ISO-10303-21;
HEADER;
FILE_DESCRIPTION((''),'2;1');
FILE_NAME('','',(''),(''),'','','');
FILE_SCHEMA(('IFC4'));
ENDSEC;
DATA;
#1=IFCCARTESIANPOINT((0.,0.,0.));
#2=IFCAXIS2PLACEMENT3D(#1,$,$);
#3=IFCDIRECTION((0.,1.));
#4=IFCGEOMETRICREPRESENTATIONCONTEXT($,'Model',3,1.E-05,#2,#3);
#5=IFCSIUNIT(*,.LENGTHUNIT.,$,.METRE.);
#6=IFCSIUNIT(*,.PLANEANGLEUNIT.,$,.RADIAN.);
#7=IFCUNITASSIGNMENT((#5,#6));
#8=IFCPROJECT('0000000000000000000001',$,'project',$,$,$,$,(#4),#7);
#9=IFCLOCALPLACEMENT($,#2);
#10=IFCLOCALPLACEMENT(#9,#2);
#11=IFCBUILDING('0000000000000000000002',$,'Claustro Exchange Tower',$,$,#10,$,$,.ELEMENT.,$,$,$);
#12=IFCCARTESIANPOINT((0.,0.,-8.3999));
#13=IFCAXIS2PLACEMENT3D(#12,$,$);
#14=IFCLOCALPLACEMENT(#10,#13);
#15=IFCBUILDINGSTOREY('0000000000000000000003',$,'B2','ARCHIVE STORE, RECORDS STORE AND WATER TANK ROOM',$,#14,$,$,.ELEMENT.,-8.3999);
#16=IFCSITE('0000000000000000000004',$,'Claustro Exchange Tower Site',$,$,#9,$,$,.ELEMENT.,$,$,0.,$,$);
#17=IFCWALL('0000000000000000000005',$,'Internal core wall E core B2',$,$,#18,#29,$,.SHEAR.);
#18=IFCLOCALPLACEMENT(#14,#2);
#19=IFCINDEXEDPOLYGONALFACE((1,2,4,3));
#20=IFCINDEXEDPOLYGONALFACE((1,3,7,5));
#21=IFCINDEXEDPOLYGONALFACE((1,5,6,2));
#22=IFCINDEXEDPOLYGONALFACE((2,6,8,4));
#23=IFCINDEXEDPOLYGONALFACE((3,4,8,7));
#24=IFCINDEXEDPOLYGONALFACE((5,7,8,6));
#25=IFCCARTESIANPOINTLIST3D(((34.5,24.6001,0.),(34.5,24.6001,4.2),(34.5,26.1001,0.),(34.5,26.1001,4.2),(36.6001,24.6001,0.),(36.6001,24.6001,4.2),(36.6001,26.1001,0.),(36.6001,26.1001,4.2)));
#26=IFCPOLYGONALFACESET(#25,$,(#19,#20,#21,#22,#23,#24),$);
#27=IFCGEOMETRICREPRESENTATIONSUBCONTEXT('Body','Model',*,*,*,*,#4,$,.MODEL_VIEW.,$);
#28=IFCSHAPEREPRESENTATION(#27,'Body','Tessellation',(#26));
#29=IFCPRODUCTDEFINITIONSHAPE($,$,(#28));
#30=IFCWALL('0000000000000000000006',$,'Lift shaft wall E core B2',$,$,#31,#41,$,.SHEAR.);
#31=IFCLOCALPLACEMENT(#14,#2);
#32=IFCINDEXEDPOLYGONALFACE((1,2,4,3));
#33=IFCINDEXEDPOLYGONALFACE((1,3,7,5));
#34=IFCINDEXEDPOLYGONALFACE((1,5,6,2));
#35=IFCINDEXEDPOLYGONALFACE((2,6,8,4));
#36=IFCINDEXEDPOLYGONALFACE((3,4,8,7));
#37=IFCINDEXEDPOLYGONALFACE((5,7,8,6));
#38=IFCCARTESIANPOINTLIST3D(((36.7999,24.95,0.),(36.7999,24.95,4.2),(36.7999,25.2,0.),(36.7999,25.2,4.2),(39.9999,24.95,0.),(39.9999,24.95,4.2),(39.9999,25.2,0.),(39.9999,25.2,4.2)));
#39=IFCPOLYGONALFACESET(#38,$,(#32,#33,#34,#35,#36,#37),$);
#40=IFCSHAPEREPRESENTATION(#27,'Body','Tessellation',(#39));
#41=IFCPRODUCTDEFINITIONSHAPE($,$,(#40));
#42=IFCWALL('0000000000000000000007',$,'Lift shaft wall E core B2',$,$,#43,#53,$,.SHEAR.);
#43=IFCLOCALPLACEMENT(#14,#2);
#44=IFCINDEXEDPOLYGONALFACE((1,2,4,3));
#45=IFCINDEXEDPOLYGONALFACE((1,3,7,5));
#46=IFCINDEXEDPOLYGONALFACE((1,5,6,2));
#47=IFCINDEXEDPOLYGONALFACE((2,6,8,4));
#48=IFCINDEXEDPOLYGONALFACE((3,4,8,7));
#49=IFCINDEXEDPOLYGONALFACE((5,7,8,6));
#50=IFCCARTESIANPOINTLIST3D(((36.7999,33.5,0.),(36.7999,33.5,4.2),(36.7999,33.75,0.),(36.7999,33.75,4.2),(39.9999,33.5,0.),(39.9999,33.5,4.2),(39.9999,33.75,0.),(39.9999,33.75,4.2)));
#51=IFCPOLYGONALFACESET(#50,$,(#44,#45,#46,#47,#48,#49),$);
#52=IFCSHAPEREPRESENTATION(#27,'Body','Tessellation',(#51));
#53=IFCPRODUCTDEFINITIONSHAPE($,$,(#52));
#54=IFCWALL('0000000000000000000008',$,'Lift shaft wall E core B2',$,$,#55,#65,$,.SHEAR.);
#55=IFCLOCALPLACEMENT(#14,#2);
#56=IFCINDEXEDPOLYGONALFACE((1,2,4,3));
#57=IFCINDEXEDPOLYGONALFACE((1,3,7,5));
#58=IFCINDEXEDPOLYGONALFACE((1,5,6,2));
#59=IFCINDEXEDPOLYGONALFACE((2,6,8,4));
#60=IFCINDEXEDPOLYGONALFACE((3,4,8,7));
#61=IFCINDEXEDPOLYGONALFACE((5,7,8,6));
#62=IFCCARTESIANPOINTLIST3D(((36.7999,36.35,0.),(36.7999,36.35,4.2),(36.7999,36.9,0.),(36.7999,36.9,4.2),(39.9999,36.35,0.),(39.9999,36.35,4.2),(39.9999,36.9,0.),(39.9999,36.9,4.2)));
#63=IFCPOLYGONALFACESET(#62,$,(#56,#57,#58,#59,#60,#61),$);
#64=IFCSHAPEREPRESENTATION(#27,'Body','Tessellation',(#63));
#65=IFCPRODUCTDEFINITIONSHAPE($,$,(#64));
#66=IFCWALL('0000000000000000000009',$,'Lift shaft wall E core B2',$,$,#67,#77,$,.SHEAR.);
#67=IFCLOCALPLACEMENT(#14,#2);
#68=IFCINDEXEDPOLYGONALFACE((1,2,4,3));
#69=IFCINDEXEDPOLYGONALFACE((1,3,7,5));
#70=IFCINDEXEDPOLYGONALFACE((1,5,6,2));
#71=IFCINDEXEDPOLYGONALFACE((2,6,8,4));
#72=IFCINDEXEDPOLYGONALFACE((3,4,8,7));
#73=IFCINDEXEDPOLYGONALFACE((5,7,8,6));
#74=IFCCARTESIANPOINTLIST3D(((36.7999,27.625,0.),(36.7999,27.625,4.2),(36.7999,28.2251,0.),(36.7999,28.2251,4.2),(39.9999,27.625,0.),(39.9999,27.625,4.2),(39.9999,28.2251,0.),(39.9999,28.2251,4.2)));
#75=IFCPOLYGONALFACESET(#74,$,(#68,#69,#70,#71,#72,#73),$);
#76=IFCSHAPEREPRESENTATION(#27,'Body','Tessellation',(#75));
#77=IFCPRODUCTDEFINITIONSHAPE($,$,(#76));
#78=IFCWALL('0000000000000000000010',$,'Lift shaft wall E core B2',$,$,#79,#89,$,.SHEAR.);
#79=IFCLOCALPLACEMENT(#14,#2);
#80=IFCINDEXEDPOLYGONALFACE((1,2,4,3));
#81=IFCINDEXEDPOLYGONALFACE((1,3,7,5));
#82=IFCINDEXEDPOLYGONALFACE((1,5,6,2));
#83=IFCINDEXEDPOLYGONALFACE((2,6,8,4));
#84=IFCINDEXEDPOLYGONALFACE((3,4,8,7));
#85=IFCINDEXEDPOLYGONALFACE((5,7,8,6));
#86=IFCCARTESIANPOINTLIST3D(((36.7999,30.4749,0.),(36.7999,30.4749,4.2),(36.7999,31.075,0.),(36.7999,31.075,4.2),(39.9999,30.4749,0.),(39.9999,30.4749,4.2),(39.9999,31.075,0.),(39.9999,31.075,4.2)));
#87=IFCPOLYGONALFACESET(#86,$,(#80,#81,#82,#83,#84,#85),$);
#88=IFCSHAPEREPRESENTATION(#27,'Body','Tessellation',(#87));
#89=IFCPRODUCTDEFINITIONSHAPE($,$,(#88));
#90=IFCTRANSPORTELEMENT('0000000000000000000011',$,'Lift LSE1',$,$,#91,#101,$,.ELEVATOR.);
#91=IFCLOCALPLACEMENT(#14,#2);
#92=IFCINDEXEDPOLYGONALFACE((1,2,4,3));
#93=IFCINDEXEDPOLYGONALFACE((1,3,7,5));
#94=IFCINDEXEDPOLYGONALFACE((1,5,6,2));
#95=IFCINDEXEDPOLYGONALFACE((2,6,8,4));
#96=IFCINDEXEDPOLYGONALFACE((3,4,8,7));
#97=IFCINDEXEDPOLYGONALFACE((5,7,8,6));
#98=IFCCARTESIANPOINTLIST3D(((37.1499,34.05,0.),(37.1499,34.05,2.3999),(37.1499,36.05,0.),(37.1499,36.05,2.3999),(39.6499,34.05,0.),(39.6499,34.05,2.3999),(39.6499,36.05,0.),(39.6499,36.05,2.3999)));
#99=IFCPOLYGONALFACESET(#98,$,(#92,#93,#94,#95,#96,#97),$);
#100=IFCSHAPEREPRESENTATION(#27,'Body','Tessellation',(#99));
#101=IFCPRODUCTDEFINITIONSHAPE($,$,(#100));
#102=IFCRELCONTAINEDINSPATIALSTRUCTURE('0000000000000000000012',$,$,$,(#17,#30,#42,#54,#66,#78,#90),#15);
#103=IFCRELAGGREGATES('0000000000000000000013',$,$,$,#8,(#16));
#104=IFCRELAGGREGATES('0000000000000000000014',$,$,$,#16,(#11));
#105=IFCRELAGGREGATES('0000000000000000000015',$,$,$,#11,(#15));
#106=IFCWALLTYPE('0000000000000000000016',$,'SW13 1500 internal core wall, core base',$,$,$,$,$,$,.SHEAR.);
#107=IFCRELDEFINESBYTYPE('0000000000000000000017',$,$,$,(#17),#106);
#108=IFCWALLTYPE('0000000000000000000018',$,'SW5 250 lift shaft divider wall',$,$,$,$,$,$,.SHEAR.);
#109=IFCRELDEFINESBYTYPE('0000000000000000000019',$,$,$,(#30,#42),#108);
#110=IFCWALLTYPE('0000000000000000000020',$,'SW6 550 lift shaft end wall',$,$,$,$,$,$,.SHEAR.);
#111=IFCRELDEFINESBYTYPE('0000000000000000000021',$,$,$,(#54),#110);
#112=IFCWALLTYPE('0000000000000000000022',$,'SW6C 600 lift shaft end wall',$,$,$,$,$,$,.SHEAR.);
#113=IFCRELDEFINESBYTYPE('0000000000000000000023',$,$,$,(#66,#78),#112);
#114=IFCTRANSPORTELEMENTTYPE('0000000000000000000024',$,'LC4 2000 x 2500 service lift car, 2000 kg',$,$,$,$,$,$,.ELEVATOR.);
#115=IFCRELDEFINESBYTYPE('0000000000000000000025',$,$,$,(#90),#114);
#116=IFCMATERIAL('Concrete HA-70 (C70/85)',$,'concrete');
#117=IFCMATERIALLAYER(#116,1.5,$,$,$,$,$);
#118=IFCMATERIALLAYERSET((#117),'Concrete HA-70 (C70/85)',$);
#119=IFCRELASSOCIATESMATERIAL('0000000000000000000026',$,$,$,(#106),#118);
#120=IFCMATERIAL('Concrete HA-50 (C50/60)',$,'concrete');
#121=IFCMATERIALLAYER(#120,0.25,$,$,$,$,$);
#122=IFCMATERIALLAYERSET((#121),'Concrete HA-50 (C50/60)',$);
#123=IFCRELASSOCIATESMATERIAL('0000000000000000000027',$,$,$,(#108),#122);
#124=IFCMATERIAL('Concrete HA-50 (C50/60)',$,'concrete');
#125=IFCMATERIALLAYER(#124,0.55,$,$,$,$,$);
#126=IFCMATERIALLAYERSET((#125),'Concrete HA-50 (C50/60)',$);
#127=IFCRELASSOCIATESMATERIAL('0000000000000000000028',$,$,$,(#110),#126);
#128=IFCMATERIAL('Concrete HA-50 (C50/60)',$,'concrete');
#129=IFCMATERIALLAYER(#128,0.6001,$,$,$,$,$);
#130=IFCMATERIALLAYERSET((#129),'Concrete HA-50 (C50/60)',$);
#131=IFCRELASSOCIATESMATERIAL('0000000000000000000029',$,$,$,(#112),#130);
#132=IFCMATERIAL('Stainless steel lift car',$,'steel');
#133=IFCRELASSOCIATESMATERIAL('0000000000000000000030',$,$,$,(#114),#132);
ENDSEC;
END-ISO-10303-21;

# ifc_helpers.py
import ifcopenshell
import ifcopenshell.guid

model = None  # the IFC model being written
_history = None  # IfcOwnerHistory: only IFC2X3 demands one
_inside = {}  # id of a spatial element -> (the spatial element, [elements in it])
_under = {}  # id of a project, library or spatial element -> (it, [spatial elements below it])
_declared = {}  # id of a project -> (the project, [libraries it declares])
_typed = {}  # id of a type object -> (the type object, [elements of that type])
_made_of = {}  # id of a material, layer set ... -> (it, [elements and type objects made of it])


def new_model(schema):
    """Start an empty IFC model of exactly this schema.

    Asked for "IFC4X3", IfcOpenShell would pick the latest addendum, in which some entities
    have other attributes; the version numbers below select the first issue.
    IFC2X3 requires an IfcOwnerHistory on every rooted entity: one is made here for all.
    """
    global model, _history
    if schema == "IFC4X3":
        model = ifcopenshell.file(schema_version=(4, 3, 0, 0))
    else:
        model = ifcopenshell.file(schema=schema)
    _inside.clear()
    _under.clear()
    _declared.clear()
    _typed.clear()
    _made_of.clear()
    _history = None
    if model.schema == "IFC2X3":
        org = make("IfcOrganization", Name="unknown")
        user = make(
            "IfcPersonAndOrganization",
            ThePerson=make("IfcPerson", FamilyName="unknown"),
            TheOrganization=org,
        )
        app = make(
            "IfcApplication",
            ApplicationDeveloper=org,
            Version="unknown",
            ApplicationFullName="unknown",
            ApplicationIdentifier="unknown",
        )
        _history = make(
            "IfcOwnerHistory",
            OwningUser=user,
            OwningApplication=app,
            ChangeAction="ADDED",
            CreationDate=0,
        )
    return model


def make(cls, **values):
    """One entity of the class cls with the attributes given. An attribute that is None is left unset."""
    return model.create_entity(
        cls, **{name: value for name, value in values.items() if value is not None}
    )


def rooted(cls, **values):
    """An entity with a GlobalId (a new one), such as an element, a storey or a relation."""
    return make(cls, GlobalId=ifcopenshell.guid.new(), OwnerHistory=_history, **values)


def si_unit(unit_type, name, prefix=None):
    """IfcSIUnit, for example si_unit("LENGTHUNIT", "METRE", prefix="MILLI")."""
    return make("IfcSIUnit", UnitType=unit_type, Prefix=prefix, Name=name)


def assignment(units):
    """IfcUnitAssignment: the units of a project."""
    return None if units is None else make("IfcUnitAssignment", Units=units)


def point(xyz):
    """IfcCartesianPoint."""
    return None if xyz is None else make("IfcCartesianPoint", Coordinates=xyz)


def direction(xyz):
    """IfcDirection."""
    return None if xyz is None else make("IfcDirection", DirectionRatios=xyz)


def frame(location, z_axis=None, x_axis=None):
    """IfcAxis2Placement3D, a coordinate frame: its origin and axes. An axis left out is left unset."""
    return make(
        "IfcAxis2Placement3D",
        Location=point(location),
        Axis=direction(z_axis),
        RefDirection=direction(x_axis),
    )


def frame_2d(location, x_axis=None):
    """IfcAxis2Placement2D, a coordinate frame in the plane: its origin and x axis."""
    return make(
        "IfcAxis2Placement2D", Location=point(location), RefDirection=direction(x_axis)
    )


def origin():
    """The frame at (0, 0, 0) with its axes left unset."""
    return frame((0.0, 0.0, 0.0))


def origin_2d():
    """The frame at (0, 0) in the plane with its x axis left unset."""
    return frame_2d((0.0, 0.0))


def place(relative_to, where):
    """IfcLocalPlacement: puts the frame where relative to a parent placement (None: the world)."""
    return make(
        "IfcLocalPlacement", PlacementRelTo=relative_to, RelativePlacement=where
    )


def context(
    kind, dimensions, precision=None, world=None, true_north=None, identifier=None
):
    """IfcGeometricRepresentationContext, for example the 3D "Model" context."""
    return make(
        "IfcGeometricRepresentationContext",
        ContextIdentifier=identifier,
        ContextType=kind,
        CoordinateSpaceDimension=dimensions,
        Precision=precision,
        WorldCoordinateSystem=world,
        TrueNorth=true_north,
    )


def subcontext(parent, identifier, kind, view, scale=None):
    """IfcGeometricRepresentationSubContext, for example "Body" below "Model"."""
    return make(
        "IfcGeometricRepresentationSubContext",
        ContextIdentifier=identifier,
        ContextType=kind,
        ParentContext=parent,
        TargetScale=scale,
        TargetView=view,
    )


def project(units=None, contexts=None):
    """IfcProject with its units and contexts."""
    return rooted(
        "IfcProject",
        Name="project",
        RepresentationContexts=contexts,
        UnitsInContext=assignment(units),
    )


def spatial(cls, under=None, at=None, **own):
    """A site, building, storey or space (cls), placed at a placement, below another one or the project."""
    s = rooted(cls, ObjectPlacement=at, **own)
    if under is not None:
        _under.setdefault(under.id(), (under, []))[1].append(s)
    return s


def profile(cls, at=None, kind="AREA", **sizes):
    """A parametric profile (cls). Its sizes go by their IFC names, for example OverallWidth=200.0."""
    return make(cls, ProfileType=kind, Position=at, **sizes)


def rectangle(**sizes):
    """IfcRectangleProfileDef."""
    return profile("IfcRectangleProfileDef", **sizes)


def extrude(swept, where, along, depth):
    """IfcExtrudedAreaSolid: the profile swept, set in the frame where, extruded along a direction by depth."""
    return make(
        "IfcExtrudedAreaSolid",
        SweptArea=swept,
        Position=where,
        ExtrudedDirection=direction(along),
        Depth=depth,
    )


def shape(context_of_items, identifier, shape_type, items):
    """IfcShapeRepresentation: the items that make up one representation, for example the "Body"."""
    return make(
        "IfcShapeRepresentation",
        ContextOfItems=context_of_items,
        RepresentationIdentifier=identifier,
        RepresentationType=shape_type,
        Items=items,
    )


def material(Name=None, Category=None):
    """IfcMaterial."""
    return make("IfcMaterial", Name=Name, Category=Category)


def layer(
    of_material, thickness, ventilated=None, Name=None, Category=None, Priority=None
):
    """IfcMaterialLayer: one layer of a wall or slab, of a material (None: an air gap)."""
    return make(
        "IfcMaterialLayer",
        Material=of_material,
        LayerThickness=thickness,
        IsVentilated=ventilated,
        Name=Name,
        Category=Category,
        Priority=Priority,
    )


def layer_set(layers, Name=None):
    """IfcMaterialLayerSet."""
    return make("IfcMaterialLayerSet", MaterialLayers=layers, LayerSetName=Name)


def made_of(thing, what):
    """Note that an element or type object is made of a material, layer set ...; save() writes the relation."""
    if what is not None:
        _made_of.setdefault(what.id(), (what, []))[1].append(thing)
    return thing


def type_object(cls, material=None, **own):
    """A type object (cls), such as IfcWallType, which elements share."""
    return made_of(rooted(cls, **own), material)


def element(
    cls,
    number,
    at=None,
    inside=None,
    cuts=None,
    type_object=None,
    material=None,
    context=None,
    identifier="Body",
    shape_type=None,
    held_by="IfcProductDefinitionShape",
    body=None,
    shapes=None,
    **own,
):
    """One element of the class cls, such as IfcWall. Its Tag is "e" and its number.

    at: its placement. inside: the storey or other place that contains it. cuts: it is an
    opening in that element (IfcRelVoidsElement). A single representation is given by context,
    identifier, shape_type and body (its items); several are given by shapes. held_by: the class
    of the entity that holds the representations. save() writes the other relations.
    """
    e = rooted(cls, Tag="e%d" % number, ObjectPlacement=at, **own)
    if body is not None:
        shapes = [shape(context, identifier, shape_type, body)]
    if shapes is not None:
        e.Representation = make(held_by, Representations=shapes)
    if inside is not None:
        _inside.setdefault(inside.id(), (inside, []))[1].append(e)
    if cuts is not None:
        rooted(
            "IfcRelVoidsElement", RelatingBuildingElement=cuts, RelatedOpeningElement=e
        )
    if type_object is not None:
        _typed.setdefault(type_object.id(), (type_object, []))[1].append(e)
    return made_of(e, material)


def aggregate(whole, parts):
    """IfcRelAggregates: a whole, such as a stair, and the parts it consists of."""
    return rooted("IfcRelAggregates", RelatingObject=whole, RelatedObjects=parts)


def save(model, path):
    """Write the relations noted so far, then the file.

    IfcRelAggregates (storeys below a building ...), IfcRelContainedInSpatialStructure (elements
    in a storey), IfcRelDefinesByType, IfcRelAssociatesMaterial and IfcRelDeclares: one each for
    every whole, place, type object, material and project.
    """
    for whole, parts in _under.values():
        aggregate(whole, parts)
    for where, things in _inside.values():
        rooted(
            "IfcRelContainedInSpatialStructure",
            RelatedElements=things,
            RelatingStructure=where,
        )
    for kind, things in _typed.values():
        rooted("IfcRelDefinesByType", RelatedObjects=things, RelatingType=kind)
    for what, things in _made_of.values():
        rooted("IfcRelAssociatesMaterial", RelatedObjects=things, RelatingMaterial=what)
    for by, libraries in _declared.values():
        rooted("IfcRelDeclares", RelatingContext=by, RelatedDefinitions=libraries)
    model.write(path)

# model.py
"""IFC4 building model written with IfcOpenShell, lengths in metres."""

from ifc_helpers import new_model, si_unit, direction, frame, frame_2d, origin, origin_2d, place, context, subcontext, project, spatial, rectangle, extrude, material, layer, layer_set, type_object, element, save


model = new_model("IFC4")

# Units and contexts
model_context = context("Model", 3, precision=1e-05, world=origin(), true_north=direction((0.0, 1.0)))
body_context = subcontext(model_context, "Body", "Model", "MODEL_VIEW")
ifc_project = project(units=[si_unit("LENGTHUNIT", "METRE"), si_unit("PLANEANGLEUNIT", "RADIAN")], contexts=[model_context])

# Site, building, storey
site_placement = place(None, origin())
site = spatial("IfcSite", under=ifc_project, at=site_placement, Name="Claustro Exchange Tower Site", CompositionType="ELEMENT", RefElevation=0.0)
building_placement = place(site_placement, origin())
building = spatial("IfcBuilding", under=site, at=building_placement, Name="Claustro Exchange Tower", CompositionType="ELEMENT")
storey_placement = place(building_placement, frame((0.0, 0.0, -8.3999)))
storey = spatial("IfcBuildingStorey", under=building, at=storey_placement, Name="B2", Description="ARCHIVE STORE, RECORDS STORE AND WATER TANK ROOM", CompositionType="ELEMENT", Elevation=-8.3999)

# Walls
ifc_material_1 = material(Name="Concrete HA-70 (C70/85)", Category="concrete")
ifc_layer_1 = layer(ifc_material_1, 1.5)
ifc_layer_set_1 = layer_set([ifc_layer_1], Name="Concrete HA-70 (C70/85)")
wall_type_1 = type_object("IfcWallType", Name="SW13 1500 internal core wall, core base", PredefinedType="SHEAR", material=ifc_layer_set_1)
wall_1_placement = place(storey_placement, frame((36.6001, 25.3501, 0.0), z_axis=(0.0, 0.0, 1.0), x_axis=(-1.0, 0.0, 0.0)))
element("IfcWall", 1, at=wall_1_placement, inside=storey, type_object=wall_type_1, Name="Internal core wall E core B2", PredefinedType="SHEAR", context=body_context, shape_type="SweptSolid", body=[
    extrude(rectangle(XDim=2.1001, YDim=1.5, at=frame_2d((1.05, 0.0))), origin(), (0.0, 0.0, 1.0), 4.2),
])
ifc_material_2 = material(Name="Concrete HA-50 (C50/60)", Category="concrete")
ifc_layer_2 = layer(ifc_material_2, 0.25)
ifc_layer_set_2 = layer_set([ifc_layer_2], Name="Concrete HA-50 (C50/60)")
wall_type_2 = type_object("IfcWallType", Name="SW5 250 lift shaft divider wall", PredefinedType="SHEAR", material=ifc_layer_set_2)
for number, where, z_axis, x_axis, name in (
    (2, (40.0, 25.075, 0.0), (0.0, 0.0, 1.0), (-1.0, 0.0, 0.0), "Lift shaft wall E core B2"),
    (3, (40.0, 33.625, 0.0), (0.0, 0.0, 1.0), (-1.0, 0.0, 0.0), "Lift shaft wall E core B2"),
):
    element("IfcWall", number, at=place(storey_placement, frame(where, z_axis=z_axis, x_axis=x_axis)), inside=storey, type_object=wall_type_2, Name=name, PredefinedType="SHEAR", context=body_context, shape_type="SweptSolid", body=[
        extrude(rectangle(XDim=3.2, YDim=0.25, at=frame_2d((1.6001, 0.0))), origin(), (0.0, 0.0, 1.0), 4.2),
    ])
ifc_material_3 = material(Name="Concrete HA-50 (C50/60)", Category="concrete")
ifc_layer_3 = layer(ifc_material_3, 0.55)
ifc_layer_set_3 = layer_set([ifc_layer_3], Name="Concrete HA-50 (C50/60)")
wall_type_3 = type_object("IfcWallType", Name="SW6 550 lift shaft end wall", PredefinedType="SHEAR", material=ifc_layer_set_3)
wall_2_placement = place(storey_placement, frame((40.0, 36.625, 0.0), z_axis=(0.0, 0.0, 1.0), x_axis=(-1.0, 0.0, 0.0)))
element("IfcWall", 4, at=wall_2_placement, inside=storey, type_object=wall_type_3, Name="Lift shaft wall E core B2", PredefinedType="SHEAR", context=body_context, shape_type="SweptSolid", body=[
    extrude(rectangle(XDim=3.2, YDim=0.55, at=frame_2d((1.6001, 0.0))), origin(), (0.0, 0.0, 1.0), 4.2),
])
ifc_material_4 = material(Name="Concrete HA-50 (C50/60)", Category="concrete")
ifc_layer_4 = layer(ifc_material_4, 0.6001)
ifc_layer_set_4 = layer_set([ifc_layer_4], Name="Concrete HA-50 (C50/60)")
wall_type_4 = type_object("IfcWallType", Name="SW6C 600 lift shaft end wall", PredefinedType="SHEAR", material=ifc_layer_set_4)
for number, where, z_axis, x_axis, name in (
    (5, (40.0, 27.925, 0.0), (0.0, 0.0, 1.0), (-1.0, 0.0, 0.0), "Lift shaft wall E core B2"),
    (6, (40.0, 30.7749, 0.0), (0.0, 0.0, 1.0), (-1.0, 0.0, 0.0), "Lift shaft wall E core B2"),
):
    element("IfcWall", number, at=place(storey_placement, frame(where, z_axis=z_axis, x_axis=x_axis)), inside=storey, type_object=wall_type_4, Name=name, PredefinedType="SHEAR", context=body_context, shape_type="SweptSolid", body=[
        extrude(rectangle(XDim=3.2, YDim=0.6001, at=frame_2d((1.6001, 0.0))), origin(), (0.0, 0.0, 1.0), 4.2),
    ])

# Transport element
ifc_material_5 = material(Name="Stainless steel lift car", Category="steel")
transport_element_type = type_object("IfcTransportElementType", Name="LC4 2000 x 2500 service lift car, 2000 kg", PredefinedType="ELEVATOR", material=ifc_material_5)
transport_element_placement = place(storey_placement, frame((38.3999, 35.05, 0.0)))
element("IfcTransportElement", 7, at=transport_element_placement, inside=storey, type_object=transport_element_type, Name="Lift LSE1", PredefinedType="ELEVATOR", context=body_context, shape_type="SweptSolid", body=[
    extrude(rectangle(XDim=2.5, YDim=2.0, at=origin_2d()), origin(), (0.0, 0.0, 1.0), 2.3999),
])

save(model, "model.ifc")
